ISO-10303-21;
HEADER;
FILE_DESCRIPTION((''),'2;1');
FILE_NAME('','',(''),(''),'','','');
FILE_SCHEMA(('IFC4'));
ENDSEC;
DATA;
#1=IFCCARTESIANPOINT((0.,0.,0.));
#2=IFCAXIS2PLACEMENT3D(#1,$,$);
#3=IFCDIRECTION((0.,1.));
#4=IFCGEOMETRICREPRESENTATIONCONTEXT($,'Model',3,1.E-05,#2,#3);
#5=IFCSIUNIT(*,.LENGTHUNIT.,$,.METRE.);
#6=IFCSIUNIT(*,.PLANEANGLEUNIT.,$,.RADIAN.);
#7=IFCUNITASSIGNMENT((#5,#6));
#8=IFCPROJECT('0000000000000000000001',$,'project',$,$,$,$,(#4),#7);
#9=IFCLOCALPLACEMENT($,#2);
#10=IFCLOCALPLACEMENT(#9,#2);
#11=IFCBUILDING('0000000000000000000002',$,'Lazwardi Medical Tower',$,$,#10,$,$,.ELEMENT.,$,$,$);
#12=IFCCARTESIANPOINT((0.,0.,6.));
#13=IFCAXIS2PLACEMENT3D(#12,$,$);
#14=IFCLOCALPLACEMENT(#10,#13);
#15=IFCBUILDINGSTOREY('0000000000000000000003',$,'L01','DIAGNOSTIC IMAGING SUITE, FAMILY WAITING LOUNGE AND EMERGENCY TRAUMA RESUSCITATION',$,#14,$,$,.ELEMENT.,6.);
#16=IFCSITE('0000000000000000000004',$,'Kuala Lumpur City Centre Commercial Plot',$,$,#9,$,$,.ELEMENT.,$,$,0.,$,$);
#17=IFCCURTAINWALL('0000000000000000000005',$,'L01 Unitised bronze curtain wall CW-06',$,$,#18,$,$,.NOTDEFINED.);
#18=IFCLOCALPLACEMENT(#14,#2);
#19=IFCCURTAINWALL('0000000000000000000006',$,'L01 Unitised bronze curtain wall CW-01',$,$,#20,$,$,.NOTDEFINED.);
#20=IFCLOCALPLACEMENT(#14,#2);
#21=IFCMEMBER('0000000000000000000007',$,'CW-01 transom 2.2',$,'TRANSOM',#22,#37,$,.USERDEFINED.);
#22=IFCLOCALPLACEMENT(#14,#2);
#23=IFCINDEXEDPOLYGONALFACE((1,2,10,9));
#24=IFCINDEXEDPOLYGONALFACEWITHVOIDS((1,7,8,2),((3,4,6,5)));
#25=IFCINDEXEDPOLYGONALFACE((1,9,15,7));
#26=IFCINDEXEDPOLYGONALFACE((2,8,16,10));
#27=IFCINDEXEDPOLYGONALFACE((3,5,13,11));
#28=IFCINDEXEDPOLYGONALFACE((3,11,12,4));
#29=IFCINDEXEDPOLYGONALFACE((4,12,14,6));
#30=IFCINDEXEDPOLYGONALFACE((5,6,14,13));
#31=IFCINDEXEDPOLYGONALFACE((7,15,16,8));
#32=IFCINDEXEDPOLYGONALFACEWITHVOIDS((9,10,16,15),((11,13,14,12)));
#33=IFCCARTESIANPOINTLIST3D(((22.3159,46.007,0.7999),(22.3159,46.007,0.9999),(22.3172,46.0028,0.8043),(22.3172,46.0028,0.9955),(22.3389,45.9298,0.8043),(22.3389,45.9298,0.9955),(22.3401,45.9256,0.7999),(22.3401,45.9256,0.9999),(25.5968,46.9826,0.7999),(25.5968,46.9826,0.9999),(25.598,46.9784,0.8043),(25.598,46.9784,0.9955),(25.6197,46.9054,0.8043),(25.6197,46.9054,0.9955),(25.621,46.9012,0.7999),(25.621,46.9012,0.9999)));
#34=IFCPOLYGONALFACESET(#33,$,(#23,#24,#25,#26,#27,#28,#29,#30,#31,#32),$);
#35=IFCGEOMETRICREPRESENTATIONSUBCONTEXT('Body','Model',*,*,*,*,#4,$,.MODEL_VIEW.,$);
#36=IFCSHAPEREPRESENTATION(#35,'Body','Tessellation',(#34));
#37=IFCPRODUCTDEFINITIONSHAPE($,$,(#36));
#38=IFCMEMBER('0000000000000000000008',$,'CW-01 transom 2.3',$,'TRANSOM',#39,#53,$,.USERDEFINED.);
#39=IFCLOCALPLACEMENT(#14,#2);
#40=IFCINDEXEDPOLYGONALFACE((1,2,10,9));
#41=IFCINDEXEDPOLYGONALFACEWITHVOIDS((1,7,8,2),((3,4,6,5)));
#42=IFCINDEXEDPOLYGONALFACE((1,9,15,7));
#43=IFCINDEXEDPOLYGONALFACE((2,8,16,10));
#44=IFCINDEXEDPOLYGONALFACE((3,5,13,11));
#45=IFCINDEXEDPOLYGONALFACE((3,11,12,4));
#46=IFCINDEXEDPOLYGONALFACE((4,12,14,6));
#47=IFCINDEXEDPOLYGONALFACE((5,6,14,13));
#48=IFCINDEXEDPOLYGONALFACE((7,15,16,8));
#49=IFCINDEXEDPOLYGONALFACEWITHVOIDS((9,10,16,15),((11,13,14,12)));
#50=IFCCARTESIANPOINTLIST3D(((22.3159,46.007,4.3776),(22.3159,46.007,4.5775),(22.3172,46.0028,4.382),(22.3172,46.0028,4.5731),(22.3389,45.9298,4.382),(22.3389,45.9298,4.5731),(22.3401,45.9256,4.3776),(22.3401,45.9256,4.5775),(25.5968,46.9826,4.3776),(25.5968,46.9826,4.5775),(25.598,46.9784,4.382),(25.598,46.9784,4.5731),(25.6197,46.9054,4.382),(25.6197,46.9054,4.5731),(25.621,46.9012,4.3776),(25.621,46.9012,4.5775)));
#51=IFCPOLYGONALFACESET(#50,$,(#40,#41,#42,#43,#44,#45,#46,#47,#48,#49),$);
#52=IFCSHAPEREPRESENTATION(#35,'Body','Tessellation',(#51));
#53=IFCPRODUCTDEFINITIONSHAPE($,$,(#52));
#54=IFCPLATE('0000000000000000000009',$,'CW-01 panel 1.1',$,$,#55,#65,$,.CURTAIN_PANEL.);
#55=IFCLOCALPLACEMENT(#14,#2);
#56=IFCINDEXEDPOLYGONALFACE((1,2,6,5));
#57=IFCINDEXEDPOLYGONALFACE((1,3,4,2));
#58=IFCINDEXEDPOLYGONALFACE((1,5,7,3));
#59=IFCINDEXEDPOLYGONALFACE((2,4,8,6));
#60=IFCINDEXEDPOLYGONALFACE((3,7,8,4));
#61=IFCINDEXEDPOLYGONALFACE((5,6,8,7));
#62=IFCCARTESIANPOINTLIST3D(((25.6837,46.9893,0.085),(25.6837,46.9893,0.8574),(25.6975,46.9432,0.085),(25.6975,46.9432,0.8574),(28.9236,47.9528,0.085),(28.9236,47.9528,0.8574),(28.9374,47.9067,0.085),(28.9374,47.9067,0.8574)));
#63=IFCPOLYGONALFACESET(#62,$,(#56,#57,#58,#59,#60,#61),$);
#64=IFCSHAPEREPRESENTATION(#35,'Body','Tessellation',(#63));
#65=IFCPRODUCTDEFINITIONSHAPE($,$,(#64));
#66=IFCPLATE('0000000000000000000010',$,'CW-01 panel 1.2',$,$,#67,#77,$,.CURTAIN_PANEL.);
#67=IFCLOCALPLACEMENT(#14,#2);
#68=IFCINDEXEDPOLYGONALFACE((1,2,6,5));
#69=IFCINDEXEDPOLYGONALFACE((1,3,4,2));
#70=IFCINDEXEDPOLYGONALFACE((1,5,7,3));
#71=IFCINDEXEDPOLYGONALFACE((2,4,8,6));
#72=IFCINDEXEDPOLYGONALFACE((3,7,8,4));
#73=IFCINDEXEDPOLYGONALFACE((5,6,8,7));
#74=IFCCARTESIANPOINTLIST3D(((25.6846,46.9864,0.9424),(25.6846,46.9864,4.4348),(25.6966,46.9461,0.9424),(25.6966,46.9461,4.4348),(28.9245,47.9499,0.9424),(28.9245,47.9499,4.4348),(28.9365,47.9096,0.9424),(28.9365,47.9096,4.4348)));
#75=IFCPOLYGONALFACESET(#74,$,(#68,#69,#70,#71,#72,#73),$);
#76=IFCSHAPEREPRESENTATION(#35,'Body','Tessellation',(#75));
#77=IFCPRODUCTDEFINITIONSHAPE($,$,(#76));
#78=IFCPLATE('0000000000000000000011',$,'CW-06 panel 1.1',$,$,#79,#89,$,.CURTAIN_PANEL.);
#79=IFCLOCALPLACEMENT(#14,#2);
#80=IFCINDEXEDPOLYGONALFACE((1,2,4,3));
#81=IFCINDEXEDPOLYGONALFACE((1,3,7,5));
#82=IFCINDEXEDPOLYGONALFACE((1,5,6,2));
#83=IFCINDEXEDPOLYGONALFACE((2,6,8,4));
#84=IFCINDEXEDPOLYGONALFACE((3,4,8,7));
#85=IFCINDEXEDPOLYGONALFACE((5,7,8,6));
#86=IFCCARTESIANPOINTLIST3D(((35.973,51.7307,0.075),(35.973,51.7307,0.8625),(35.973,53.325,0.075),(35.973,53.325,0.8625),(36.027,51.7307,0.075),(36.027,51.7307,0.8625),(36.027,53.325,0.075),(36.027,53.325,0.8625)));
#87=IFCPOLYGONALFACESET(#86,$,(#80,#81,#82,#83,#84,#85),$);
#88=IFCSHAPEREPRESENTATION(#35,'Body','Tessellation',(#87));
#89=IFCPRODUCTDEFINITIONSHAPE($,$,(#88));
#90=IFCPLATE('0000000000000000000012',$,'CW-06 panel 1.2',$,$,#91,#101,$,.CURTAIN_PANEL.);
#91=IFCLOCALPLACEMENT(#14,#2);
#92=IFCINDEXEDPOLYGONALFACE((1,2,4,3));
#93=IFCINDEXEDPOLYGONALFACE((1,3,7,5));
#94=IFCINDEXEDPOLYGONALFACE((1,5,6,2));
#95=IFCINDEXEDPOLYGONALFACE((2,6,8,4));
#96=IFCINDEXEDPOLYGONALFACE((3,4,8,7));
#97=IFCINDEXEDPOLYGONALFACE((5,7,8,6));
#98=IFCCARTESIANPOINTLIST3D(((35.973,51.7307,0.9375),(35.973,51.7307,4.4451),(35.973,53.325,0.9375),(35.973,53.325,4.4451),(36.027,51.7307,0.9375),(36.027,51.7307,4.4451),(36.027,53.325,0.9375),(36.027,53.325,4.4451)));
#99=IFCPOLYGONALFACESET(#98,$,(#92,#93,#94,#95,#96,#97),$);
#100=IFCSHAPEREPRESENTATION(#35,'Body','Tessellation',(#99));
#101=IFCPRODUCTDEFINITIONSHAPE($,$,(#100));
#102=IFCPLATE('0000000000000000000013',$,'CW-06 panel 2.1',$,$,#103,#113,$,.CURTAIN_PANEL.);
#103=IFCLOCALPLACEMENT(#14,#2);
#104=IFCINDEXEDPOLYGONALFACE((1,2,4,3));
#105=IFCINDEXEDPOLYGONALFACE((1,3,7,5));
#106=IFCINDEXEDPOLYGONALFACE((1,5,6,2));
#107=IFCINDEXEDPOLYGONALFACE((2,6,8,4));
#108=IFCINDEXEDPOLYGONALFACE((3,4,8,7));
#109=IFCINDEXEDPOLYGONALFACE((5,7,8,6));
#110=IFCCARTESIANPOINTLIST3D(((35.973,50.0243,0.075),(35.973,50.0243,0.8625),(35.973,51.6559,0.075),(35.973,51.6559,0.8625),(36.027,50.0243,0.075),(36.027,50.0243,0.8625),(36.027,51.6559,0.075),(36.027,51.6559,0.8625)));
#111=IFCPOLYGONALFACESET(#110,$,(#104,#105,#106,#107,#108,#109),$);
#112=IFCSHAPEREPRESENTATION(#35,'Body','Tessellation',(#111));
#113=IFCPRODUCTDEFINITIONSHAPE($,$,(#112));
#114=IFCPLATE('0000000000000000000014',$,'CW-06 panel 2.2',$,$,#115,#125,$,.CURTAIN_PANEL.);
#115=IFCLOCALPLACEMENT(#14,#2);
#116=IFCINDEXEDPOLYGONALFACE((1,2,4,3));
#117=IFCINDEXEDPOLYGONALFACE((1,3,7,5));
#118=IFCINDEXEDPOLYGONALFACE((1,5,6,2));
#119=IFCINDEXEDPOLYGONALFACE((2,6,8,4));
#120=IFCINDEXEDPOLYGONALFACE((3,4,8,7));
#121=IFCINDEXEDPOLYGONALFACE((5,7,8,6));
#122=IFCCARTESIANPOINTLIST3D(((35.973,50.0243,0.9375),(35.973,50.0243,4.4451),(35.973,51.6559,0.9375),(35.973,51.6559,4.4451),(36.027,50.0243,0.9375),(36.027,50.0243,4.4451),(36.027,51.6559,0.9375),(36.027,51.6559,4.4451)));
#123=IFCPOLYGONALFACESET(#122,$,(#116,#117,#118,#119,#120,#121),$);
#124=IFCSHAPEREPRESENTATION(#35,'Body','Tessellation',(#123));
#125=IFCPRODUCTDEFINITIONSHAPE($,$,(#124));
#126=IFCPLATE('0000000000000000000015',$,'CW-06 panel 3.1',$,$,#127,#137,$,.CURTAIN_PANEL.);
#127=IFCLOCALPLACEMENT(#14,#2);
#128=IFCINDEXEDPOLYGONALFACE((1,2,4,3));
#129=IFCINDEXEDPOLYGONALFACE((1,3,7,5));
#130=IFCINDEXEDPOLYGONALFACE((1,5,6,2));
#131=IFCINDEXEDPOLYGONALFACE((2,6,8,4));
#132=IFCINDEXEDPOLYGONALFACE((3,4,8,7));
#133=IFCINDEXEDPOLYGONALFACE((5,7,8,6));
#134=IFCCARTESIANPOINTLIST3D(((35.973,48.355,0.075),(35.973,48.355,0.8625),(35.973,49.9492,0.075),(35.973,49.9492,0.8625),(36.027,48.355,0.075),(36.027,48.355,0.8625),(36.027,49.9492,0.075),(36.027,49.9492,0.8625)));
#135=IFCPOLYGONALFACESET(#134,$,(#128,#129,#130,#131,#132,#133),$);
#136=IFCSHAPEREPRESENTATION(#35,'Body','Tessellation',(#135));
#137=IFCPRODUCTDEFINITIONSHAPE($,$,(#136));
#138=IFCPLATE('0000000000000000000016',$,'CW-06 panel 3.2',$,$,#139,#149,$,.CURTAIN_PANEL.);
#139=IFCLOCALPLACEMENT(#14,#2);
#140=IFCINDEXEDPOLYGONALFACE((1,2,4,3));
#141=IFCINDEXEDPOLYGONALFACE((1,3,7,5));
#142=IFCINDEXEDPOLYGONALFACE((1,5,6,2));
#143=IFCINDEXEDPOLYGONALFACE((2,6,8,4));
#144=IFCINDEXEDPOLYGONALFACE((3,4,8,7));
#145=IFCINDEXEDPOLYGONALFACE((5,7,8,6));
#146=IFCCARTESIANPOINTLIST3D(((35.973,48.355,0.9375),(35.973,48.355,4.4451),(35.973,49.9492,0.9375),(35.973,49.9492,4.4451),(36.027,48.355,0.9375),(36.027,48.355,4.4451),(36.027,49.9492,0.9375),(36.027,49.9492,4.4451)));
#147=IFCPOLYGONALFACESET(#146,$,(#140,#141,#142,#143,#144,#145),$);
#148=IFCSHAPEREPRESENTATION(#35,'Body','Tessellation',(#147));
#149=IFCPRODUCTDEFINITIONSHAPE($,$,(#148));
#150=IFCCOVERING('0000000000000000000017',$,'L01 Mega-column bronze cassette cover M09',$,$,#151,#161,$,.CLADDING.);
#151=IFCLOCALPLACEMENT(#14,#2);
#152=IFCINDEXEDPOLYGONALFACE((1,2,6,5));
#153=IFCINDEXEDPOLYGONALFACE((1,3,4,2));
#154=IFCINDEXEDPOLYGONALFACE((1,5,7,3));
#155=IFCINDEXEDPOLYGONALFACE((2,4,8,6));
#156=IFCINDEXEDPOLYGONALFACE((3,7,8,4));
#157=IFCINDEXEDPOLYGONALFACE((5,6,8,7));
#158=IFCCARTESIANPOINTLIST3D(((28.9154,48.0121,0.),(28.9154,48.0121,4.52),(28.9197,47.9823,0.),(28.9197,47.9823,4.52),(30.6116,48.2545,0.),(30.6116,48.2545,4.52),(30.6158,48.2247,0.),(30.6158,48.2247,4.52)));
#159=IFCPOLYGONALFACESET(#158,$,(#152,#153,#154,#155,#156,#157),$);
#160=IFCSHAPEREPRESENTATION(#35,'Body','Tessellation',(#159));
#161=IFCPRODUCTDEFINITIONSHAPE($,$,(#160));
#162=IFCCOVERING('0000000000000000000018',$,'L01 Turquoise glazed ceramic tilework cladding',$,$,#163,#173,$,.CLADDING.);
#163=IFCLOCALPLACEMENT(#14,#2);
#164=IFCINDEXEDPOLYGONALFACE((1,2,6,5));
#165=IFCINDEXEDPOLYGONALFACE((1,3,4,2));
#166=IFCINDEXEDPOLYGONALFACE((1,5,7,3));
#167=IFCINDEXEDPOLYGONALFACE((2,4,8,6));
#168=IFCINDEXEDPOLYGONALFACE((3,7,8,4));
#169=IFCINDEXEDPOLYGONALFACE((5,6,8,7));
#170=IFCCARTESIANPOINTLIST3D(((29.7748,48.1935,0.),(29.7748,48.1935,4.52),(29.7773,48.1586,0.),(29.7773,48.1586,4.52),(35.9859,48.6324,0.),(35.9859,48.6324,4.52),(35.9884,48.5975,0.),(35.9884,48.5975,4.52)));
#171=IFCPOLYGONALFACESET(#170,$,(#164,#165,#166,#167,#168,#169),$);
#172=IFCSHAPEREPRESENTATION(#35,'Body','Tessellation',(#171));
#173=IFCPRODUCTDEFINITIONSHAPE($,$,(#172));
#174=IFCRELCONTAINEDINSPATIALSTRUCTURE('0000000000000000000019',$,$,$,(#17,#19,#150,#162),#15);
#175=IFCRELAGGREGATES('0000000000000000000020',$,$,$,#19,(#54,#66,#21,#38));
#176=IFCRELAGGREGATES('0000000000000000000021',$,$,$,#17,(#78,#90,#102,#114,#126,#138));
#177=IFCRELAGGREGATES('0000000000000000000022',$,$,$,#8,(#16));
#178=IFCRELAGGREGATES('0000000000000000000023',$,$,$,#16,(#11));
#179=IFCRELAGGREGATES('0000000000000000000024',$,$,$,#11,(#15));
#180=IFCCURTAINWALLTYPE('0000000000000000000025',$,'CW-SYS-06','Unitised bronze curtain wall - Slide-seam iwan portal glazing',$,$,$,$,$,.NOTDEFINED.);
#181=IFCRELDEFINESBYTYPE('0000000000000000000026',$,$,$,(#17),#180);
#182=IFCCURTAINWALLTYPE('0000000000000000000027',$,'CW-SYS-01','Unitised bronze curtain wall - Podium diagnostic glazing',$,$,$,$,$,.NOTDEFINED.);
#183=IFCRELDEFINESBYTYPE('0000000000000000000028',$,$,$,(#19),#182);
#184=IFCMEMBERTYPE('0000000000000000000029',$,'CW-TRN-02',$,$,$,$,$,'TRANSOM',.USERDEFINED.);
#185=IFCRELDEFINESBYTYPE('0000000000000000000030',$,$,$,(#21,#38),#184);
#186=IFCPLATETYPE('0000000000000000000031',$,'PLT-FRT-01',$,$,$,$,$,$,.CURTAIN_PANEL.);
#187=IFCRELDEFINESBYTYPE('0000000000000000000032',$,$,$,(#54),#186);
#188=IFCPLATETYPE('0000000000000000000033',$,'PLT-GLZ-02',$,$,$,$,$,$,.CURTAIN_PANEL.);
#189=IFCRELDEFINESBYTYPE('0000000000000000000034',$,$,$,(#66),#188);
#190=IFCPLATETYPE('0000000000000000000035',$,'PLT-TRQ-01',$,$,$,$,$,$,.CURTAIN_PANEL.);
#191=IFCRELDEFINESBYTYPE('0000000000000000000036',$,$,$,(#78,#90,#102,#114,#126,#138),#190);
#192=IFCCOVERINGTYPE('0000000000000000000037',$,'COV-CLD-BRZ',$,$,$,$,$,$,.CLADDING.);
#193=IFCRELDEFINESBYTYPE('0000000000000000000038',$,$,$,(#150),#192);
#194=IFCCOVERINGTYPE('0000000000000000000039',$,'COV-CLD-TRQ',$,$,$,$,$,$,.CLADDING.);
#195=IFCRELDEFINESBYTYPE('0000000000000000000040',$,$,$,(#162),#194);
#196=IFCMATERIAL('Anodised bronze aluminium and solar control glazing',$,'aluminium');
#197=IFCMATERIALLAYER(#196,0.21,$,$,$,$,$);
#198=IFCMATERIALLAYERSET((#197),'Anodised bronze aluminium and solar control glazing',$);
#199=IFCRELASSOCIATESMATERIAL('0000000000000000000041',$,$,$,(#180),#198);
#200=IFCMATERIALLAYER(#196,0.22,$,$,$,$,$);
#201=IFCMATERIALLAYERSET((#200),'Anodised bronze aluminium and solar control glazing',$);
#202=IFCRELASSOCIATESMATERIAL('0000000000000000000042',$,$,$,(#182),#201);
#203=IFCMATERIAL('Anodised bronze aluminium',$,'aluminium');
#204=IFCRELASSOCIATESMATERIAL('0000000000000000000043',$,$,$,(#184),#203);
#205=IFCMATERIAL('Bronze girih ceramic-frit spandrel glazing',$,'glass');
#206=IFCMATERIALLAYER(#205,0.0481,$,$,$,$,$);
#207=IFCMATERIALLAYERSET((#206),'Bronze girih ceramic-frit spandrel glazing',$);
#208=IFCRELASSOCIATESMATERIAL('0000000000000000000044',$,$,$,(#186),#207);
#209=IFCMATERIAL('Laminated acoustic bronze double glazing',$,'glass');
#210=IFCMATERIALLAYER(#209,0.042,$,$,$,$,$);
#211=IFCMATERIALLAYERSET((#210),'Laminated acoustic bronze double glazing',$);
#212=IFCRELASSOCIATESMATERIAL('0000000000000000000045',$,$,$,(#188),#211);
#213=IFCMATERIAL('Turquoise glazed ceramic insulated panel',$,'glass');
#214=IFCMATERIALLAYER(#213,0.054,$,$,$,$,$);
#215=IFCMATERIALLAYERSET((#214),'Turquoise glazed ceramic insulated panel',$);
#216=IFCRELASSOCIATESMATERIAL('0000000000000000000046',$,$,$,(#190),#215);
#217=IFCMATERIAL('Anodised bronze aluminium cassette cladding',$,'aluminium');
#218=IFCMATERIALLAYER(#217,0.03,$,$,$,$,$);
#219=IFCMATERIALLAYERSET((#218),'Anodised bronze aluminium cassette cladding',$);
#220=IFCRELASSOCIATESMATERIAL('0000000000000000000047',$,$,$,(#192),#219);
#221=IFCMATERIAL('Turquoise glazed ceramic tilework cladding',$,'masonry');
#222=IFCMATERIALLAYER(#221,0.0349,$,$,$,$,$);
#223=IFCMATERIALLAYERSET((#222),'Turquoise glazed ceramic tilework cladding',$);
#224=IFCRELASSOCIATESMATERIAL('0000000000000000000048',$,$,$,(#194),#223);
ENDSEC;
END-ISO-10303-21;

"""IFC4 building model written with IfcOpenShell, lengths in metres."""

from ifc_helpers import new_model, si_unit, direction, frame, origin, origin_2d, place, context, subcontext, project, spatial, rectangle, hollow_rectangle, extrude, material, layer, layer_set, material_profile, profile_set, type_object, element, aggregate, save


model = new_model("IFC4")

# Units and contexts
model_context = context("Model", 3, precision=1e-05, world=origin(), true_north=direction((0.0, 1.0)))
body_context = subcontext(model_context, "Body", "Model", "MODEL_VIEW")
ifc_project = project(units=[si_unit("LENGTHUNIT", "METRE"), si_unit("PLANEANGLEUNIT", "RADIAN")], contexts=[model_context])

# Site, building, storey
site_placement = place(None, origin())
site = spatial("IfcSite", under=ifc_project, at=site_placement, Name="Kuala Lumpur City Centre Commercial Plot", CompositionType="ELEMENT", RefElevation=0.0)
building_placement = place(site_placement, origin())
building = spatial("IfcBuilding", under=site, at=building_placement, Name="Lazwardi Medical Tower", CompositionType="ELEMENT")
storey_placement = place(building_placement, frame((0.0, 0.0, 6.0)))
storey = spatial("IfcBuildingStorey", under=building, at=storey_placement, Name="L01", Description="DIAGNOSTIC IMAGING SUITE, FAMILY WAITING LOUNGE AND EMERGENCY TRAUMA RESUSCITATION", CompositionType="ELEMENT", Elevation=6.0)

# Curtain walls
ifc_material_1 = material(Name="Anodised bronze aluminium and solar control glazing", Category="aluminium")
ifc_layer_1 = layer(ifc_material_1, 0.21)
ifc_layer_set_1 = layer_set([ifc_layer_1], Name="Anodised bronze aluminium and solar control glazing")
curtain_wall_type_1 = type_object("IfcCurtainWallType", Name="CW-SYS-06", Description="Unitised bronze curtain wall - Slide-seam iwan portal glazing", PredefinedType="NOTDEFINED", material=ifc_layer_set_1)
curtain_wall_1_placement = place(storey_placement, origin())
curtain_wall_1 = element("IfcCurtainWall", 1, at=curtain_wall_1_placement, inside=storey, type_object=curtain_wall_type_1, Name="L01 Unitised bronze curtain wall CW-06", PredefinedType="NOTDEFINED")
ifc_material_2 = material(Name="Anodised bronze aluminium", Category="aluminium")
ifc_layer_2 = layer(ifc_material_1, 0.22)
ifc_layer_set_2 = layer_set([ifc_layer_2], Name="Anodised bronze aluminium and solar control glazing")
curtain_wall_type_2 = type_object("IfcCurtainWallType", Name="CW-SYS-01", Description="Unitised bronze curtain wall - Podium diagnostic glazing", PredefinedType="NOTDEFINED", material=ifc_layer_set_2)
curtain_wall_2_placement = place(storey_placement, origin())
curtain_wall_2 = element("IfcCurtainWall", 2, at=curtain_wall_2_placement, inside=storey, type_object=curtain_wall_type_2, Name="L01 Unitised bronze curtain wall CW-01", PredefinedType="NOTDEFINED")

# Members
ifc_material_profile_1 = material_profile(ifc_material_2, hollow_rectangle(XDim=0.085, YDim=0.2, WallThickness=0.0044, at=origin_2d()), Name="ALU-TRANSOM 200x85x4.5")
ifc_profile_set_1 = profile_set([ifc_material_profile_1], Name="Anodised bronze aluminium")
member_type_1 = type_object("IfcMemberType", Name="CW-TRN-02", ElementType="TRANSOM", PredefinedType="USERDEFINED", material=ifc_profile_set_1)
member_1_placement = place(storey_placement, frame((25.6089, 46.9419, 0.8999), z_axis=(-0.958518, -0.28503, 0.0), x_axis=(0.28503, -0.958518, 0.0)))
member_1 = element("IfcMember", 3, at=member_1_placement, type_object=member_type_1, Name="CW-01 transom 2.2", ObjectType="TRANSOM", PredefinedType="USERDEFINED", context=body_context, shape_type="SweptSolid", body=[
    extrude(hollow_rectangle(XDim=0.085, YDim=0.2, WallThickness=0.0044, at=origin_2d()), origin(), (0.0, 0.0, 1.0), 3.4229),
])
member_2_placement = place(storey_placement, frame((25.6089, 46.9419, 4.4775), z_axis=(-0.958518, -0.28503, 0.0), x_axis=(0.28503, -0.958518, 0.0)))
member_2 = element("IfcMember", 4, at=member_2_placement, type_object=member_type_1, Name="CW-01 transom 2.3", ObjectType="TRANSOM", PredefinedType="USERDEFINED", context=body_context, shape_type="SweptSolid", body=[
    extrude(hollow_rectangle(XDim=0.085, YDim=0.2, WallThickness=0.0044, at=origin_2d()), origin(), (0.0, 0.0, 1.0), 3.4229),
])

# Plates
ifc_material_3 = material(Name="Bronze girih ceramic-frit spandrel glazing", Category="glass")
ifc_layer_3 = layer(ifc_material_3, 0.0481)
ifc_layer_set_3 = layer_set([ifc_layer_3], Name="Bronze girih ceramic-frit spandrel glazing")
plate_type_1 = type_object("IfcPlateType", Name="PLT-FRT-01", PredefinedType="CURTAIN_PANEL", material=ifc_layer_set_3)
plate_1_placement = place(storey_placement, frame((27.3105, 47.448, 0.085), z_axis=(0.0, 0.0, 1.0), x_axis=(-0.958513, -0.285047, 0.0)))
plate_1 = element("IfcPlate", 5, at=plate_1_placement, type_object=plate_type_1, Name="CW-01 panel 1.1", PredefinedType="CURTAIN_PANEL", context=body_context, shape_type="SweptSolid", body=[
    extrude(rectangle(XDim=3.3801, YDim=0.0481, at=origin_2d()), origin(), (0.0, 0.0, 1.0), 0.7725),
])
ifc_material_4 = material(Name="Laminated acoustic bronze double glazing", Category="glass")
ifc_layer_4 = layer(ifc_material_4, 0.042)
ifc_layer_set_4 = layer_set([ifc_layer_4], Name="Laminated acoustic bronze double glazing")
plate_type_2 = type_object("IfcPlateType", Name="PLT-GLZ-02", PredefinedType="CURTAIN_PANEL", material=ifc_layer_set_4)
plate_2_placement = place(storey_placement, frame((27.3105, 47.448, 0.9424), z_axis=(0.0, 0.0, 1.0), x_axis=(-0.958513, -0.285047, 0.0)))
plate_2 = element("IfcPlate", 6, at=plate_2_placement, type_object=plate_type_2, Name="CW-01 panel 1.2", PredefinedType="CURTAIN_PANEL", context=body_context, shape_type="SweptSolid", body=[
    extrude(rectangle(XDim=3.3801, YDim=0.042, at=origin_2d()), origin(), (0.0, 0.0, 1.0), 3.4924),
])
aggregate(curtain_wall_2, [plate_1, plate_2, member_1, member_2])
ifc_material_5 = material(Name="Turquoise glazed ceramic insulated panel", Category="glass")
ifc_layer_5 = layer(ifc_material_5, 0.054)
ifc_layer_set_5 = layer_set([ifc_layer_5], Name="Turquoise glazed ceramic insulated panel")
plate_type_3 = type_object("IfcPlateType", Name="PLT-TRQ-01", PredefinedType="CURTAIN_PANEL", material=ifc_layer_set_5)
plate_3_placement = place(storey_placement, frame((36.0, 52.5278, 0.075), z_axis=(0.0, 0.0, 1.0), x_axis=(0.0, -1.0, 0.0)))
plate_3 = element("IfcPlate", 7, at=plate_3_placement, type_object=plate_type_3, Name="CW-06 panel 1.1", PredefinedType="CURTAIN_PANEL", context=body_context, shape_type="SweptSolid", body=[
    extrude(rectangle(XDim=1.5942, YDim=0.054, at=origin_2d()), origin(), (0.0, 0.0, 1.0), 0.7876),
])
plate_4_placement = place(storey_placement, frame((36.0, 52.5278, 0.9375), z_axis=(0.0, 0.0, 1.0), x_axis=(0.0, -1.0, 0.0)))
plate_4 = element("IfcPlate", 8, at=plate_4_placement, type_object=plate_type_3, Name="CW-06 panel 1.2", PredefinedType="CURTAIN_PANEL", context=body_context, shape_type="SweptSolid", body=[
    extrude(rectangle(XDim=1.5942, YDim=0.054, at=origin_2d()), origin(), (0.0, 0.0, 1.0), 3.5076),
])
plate_5_placement = place(storey_placement, frame((36.0, 50.8401, 0.075), z_axis=(0.0, 0.0, 1.0), x_axis=(0.0, -1.0, 0.0)))
plate_5 = element("IfcPlate", 9, at=plate_5_placement, type_object=plate_type_3, Name="CW-06 panel 2.1", PredefinedType="CURTAIN_PANEL", context=body_context, shape_type="SweptSolid", body=[
    extrude(rectangle(XDim=1.6316, YDim=0.054, at=origin_2d()), origin(), (0.0, 0.0, 1.0), 0.7876),
])
plate_6_placement = place(storey_placement, frame((36.0, 50.8401, 0.9375), z_axis=(0.0, 0.0, 1.0), x_axis=(0.0, -1.0, 0.0)))
plate_6 = element("IfcPlate", 10, at=plate_6_placement, type_object=plate_type_3, Name="CW-06 panel 2.2", PredefinedType="CURTAIN_PANEL", context=body_context, shape_type="SweptSolid", body=[
    extrude(rectangle(XDim=1.6316, YDim=0.054, at=origin_2d()), origin(), (0.0, 0.0, 1.0), 3.5076),
])
plate_7_placement = place(storey_placement, frame((36.0, 49.1521, 0.075), z_axis=(0.0, 0.0, 1.0), x_axis=(0.0, -1.0, 0.0)))
plate_7 = element("IfcPlate", 11, at=plate_7_placement, type_object=plate_type_3, Name="CW-06 panel 3.1", PredefinedType="CURTAIN_PANEL", context=body_context, shape_type="SweptSolid", body=[
    extrude(rectangle(XDim=1.5942, YDim=0.054, at=origin_2d()), origin(), (0.0, 0.0, 1.0), 0.7876),
])
plate_8_placement = place(storey_placement, frame((36.0, 49.1521, 0.9375), z_axis=(0.0, 0.0, 1.0), x_axis=(0.0, -1.0, 0.0)))
plate_8 = element("IfcPlate", 12, at=plate_8_placement, type_object=plate_type_3, Name="CW-06 panel 3.2", PredefinedType="CURTAIN_PANEL", context=body_context, shape_type="SweptSolid", body=[
    extrude(rectangle(XDim=1.5942, YDim=0.054, at=origin_2d()), origin(), (0.0, 0.0, 1.0), 3.5076),
])
aggregate(curtain_wall_1, [plate_3, plate_4, plate_5, plate_6, plate_7, plate_8])

# Coverings
ifc_material_6 = material(Name="Anodised bronze aluminium cassette cladding", Category="aluminium")
ifc_layer_6 = layer(ifc_material_6, 0.03)
ifc_layer_set_6 = layer_set([ifc_layer_6], Name="Anodised bronze aluminium cassette cladding")
covering_type_1 = type_object("IfcCoveringType", Name="COV-CLD-BRZ", PredefinedType="CLADDING", material=ifc_layer_set_6)
covering_1_placement = place(storey_placement, frame((29.7656, 48.1184, 0.0), z_axis=(0.0, 0.0, 1.0), x_axis=(-0.989943, -0.14147, 0.0)))
element("IfcCovering", 13, at=covering_1_placement, inside=storey, type_object=covering_type_1, Name="L01 Mega-column bronze cassette cover M09", PredefinedType="CLADDING", context=body_context, shape_type="SweptSolid", body=[
    extrude(rectangle(XDim=1.7134, YDim=0.03, at=origin_2d()), origin(), (0.0, 0.0, 1.0), 4.52),
])
ifc_material_7 = material(Name="Turquoise glazed ceramic tilework cladding", Category="masonry")
ifc_layer_7 = layer(ifc_material_7, 0.0349)
ifc_layer_set_7 = layer_set([ifc_layer_7], Name="Turquoise glazed ceramic tilework cladding")
covering_type_2 = type_object("IfcCoveringType", Name="COV-CLD-TRQ", PredefinedType="CLADDING", material=ifc_layer_set_7)
covering_2_placement = place(storey_placement, frame((32.8816, 48.3955, 0.0), z_axis=(0.0, 0.0, 1.0), x_axis=(-0.997513, -0.070488, 0.0)))
element("IfcCovering", 14, at=covering_2_placement, inside=storey, type_object=covering_type_2, Name="L01 Turquoise glazed ceramic tilework cladding", PredefinedType="CLADDING", context=body_context, shape_type="SweptSolid", body=[
    extrude(rectangle(XDim=6.2266, YDim=0.0349, at=origin_2d()), origin(), (0.0, 0.0, 1.0), 4.52),
])

save(model, "model.ifc")
